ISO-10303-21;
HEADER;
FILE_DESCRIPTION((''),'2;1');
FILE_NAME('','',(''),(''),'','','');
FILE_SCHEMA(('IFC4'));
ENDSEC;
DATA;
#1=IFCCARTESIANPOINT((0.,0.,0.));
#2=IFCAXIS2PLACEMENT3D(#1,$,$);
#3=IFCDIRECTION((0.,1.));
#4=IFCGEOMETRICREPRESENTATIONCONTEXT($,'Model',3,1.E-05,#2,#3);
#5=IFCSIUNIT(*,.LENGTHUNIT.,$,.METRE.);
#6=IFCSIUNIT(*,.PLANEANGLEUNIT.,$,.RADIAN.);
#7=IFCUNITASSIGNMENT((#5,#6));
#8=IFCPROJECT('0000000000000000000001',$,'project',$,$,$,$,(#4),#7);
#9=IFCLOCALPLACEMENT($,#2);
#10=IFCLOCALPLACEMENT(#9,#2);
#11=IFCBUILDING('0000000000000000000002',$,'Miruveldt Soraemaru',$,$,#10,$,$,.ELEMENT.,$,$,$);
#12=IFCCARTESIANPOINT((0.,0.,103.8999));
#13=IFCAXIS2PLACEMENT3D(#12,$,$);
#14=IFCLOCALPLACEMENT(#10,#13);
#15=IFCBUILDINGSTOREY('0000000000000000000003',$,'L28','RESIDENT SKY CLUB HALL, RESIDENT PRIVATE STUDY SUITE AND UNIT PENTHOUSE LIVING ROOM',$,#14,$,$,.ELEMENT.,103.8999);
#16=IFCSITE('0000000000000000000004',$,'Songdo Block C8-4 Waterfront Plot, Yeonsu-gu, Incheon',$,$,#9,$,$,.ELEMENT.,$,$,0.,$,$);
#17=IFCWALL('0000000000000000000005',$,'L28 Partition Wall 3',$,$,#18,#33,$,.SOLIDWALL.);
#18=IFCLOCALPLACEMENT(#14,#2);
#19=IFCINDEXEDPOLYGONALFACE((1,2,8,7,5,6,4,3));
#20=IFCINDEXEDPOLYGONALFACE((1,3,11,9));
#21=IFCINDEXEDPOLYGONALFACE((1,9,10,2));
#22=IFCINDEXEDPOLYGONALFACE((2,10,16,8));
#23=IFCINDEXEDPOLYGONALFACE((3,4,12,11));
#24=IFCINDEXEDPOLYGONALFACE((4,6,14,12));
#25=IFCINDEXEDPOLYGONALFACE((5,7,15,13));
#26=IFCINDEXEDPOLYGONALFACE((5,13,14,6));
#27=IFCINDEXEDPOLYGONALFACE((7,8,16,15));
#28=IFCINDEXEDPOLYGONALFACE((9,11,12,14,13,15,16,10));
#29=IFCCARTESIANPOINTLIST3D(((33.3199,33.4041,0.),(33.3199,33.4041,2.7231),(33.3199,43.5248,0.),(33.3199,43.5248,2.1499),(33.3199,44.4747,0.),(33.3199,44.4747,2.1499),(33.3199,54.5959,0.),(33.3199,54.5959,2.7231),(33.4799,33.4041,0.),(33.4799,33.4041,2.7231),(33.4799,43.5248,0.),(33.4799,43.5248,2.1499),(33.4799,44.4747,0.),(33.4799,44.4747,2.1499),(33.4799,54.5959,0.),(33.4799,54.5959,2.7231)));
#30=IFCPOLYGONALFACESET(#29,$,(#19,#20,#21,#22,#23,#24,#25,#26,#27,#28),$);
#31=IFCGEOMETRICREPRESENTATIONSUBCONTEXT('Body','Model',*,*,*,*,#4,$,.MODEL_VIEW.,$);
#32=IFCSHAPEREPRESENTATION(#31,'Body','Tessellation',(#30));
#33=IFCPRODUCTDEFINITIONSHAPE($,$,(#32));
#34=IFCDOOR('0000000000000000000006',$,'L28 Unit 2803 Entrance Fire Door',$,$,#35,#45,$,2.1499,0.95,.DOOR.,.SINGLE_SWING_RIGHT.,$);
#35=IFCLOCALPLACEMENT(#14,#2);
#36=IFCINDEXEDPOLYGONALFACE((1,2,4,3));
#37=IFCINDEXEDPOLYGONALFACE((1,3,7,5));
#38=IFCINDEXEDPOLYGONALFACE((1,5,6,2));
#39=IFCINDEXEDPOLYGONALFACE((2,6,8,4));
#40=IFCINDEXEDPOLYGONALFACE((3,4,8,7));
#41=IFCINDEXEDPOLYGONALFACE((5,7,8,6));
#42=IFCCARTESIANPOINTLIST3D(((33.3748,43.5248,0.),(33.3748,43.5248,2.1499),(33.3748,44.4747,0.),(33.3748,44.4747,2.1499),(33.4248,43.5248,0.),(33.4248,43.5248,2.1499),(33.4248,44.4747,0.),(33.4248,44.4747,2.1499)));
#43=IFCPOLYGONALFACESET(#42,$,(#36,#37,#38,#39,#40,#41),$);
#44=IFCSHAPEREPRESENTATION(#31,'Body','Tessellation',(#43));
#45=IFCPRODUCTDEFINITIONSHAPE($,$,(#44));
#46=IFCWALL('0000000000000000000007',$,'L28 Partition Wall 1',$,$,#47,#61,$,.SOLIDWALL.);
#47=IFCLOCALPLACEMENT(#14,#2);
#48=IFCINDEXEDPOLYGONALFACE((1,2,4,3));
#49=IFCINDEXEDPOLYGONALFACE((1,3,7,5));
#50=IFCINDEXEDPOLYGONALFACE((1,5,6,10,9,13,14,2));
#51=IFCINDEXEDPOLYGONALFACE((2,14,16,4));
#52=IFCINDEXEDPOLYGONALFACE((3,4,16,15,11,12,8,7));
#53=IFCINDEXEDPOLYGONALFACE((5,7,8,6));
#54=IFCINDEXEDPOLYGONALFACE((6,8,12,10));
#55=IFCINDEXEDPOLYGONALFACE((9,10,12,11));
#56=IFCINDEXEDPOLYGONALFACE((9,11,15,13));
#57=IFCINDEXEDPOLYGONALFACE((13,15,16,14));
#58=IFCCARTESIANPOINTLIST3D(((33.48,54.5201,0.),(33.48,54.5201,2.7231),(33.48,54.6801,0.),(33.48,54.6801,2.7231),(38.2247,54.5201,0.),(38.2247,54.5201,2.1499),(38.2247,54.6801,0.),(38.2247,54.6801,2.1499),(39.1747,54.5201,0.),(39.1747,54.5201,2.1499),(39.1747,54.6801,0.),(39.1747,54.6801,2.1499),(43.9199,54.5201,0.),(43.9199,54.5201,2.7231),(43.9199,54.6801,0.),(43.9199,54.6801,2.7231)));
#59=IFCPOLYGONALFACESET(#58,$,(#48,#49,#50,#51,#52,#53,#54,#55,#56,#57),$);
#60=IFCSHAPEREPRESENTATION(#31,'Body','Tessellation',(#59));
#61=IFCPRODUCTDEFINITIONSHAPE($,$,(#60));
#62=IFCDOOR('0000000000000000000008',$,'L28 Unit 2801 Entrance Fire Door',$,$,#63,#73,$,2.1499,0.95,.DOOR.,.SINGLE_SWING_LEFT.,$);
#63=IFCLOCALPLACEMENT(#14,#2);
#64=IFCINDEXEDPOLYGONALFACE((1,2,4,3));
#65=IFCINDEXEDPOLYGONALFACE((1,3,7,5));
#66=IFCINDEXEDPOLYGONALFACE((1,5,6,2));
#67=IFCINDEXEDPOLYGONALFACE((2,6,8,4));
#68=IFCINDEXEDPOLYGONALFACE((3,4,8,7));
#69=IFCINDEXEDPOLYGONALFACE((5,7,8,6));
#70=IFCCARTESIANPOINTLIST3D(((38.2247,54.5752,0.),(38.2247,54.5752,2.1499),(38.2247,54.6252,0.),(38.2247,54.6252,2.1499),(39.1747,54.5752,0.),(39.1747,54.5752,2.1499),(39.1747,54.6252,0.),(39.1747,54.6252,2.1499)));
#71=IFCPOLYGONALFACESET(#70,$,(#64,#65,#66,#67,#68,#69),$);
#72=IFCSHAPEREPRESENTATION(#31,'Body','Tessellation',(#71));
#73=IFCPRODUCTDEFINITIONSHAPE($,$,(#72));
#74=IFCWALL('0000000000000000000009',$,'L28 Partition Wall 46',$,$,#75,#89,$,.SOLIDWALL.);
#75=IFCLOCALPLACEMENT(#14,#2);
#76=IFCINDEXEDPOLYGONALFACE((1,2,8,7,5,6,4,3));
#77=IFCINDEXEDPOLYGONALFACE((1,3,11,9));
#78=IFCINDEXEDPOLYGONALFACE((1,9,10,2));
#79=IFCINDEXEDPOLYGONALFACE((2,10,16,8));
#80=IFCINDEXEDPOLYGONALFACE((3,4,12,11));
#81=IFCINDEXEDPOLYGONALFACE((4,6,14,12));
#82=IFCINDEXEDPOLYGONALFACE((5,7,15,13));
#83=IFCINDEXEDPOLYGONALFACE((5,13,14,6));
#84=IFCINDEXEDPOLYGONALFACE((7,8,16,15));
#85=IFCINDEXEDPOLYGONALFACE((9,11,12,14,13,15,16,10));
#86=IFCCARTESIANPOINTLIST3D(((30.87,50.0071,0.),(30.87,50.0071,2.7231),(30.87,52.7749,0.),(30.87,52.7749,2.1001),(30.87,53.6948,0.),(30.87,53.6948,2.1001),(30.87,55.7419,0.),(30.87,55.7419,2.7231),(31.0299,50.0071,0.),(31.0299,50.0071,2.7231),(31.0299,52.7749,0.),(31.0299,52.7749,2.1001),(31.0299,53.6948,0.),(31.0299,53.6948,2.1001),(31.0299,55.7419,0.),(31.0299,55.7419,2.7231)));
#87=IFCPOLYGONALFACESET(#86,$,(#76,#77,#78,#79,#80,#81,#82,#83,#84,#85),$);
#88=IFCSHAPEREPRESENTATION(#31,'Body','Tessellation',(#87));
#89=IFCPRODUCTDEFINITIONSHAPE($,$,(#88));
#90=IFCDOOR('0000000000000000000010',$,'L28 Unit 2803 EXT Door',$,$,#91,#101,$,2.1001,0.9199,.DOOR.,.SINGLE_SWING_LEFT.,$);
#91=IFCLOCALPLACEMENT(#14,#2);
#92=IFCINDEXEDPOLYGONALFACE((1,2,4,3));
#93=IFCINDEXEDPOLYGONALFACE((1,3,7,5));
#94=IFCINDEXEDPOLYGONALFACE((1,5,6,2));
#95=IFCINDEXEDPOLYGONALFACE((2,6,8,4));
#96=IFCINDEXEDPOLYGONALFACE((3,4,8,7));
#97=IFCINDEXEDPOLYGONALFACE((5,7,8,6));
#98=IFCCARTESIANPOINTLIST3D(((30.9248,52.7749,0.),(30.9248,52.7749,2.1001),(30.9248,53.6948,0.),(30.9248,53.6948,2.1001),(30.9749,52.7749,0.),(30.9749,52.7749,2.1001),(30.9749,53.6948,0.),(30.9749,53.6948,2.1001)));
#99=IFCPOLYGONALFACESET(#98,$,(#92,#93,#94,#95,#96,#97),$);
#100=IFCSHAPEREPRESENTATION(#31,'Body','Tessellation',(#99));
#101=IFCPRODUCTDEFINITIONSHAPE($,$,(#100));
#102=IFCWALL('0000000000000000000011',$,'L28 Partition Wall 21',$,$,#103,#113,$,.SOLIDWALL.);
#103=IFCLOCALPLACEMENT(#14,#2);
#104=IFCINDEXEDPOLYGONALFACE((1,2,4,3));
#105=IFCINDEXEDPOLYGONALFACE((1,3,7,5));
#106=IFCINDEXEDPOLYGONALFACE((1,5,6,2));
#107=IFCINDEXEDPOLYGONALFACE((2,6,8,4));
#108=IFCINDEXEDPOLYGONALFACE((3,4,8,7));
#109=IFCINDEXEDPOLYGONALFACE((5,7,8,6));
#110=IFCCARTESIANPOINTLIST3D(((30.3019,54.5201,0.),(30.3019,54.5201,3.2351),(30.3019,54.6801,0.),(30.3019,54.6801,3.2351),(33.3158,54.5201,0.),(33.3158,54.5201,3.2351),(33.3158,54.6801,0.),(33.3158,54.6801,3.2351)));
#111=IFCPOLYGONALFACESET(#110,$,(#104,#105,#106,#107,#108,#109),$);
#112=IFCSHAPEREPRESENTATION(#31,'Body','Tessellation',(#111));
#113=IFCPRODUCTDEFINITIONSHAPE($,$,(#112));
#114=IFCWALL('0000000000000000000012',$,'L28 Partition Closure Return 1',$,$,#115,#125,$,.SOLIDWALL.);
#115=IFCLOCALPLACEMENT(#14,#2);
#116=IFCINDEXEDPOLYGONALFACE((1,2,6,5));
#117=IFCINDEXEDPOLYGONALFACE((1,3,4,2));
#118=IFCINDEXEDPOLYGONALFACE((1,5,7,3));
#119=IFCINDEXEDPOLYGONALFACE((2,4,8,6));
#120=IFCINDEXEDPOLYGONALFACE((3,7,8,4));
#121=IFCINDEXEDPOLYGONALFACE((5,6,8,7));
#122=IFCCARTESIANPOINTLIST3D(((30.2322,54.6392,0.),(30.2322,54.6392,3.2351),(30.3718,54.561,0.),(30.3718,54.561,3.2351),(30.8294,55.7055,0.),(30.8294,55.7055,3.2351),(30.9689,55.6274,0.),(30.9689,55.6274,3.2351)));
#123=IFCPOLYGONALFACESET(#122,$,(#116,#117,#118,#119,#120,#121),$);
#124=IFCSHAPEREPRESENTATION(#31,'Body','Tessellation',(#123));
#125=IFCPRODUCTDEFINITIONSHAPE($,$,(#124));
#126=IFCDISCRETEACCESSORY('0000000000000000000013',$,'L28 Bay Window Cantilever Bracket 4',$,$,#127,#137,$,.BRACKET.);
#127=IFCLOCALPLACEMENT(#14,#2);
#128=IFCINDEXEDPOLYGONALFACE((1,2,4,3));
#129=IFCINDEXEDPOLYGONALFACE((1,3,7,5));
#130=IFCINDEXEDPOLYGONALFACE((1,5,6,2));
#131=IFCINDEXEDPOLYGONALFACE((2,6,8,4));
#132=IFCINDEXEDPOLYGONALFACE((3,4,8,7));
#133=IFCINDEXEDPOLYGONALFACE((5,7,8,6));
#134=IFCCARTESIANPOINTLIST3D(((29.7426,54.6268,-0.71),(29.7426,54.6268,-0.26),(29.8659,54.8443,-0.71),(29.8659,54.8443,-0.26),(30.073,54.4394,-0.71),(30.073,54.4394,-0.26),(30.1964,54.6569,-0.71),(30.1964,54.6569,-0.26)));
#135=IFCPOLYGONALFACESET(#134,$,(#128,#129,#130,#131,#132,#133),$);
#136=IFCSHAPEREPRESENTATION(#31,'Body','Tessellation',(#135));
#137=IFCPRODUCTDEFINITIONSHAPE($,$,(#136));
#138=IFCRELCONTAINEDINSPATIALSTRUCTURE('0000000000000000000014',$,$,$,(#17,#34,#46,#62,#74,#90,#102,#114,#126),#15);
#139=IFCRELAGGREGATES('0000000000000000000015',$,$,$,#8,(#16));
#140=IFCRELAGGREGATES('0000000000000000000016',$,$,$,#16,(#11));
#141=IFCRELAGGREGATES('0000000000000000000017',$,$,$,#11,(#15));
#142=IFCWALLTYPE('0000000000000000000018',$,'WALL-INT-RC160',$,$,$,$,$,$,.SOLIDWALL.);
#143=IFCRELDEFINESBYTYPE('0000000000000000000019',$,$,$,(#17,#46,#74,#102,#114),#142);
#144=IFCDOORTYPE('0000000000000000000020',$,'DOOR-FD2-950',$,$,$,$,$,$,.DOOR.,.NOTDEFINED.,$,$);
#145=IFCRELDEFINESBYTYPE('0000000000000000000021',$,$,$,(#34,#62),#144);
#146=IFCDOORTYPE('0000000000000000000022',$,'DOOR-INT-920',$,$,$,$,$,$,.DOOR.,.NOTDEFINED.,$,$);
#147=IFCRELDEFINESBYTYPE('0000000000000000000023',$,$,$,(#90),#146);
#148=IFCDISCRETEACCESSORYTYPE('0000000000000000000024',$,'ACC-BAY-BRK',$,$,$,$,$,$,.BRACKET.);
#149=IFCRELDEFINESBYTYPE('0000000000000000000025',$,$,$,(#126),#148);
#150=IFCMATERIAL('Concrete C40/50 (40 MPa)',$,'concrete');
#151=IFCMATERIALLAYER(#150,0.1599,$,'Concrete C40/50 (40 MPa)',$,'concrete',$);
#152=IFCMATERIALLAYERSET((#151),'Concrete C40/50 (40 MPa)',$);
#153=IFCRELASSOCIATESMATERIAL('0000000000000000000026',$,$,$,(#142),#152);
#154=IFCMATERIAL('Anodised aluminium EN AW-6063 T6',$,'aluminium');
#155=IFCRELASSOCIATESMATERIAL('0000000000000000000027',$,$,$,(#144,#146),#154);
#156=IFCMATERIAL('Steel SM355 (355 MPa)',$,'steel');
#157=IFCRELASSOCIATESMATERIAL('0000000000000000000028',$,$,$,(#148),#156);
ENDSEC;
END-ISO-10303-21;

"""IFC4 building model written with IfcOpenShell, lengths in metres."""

from ifc_helpers import new_model, si_unit, direction, frame, frame_2d, origin, origin_2d, place, context, subcontext, project, spatial, rectangle, extrude, material, layer, layer_set, type_object, element, fill, save


model = new_model("IFC4")

# Units and contexts
model_context = context("Model", 3, precision=1e-05, world=origin(), true_north=direction((0.0, 1.0)))
body_context = subcontext(model_context, "Body", "Model", "MODEL_VIEW")
ifc_project = project(units=[si_unit("LENGTHUNIT", "METRE"), si_unit("PLANEANGLEUNIT", "RADIAN")], contexts=[model_context])

# Site, building, storey
site_placement = place(None, origin())
site = spatial("IfcSite", under=ifc_project, at=site_placement, Name="Songdo Block C8-4 Waterfront Plot, Yeonsu-gu, Incheon", CompositionType="ELEMENT", RefElevation=0.0)
building_placement = place(site_placement, origin())
building = spatial("IfcBuilding", under=site, at=building_placement, Name="Miruveldt Soraemaru", CompositionType="ELEMENT")
storey_placement = place(building_placement, frame((0.0, 0.0, 103.8999)))
storey = spatial("IfcBuildingStorey", under=building, at=storey_placement, Name="L28", Description="RESIDENT SKY CLUB HALL, RESIDENT PRIVATE STUDY SUITE AND UNIT PENTHOUSE LIVING ROOM", CompositionType="ELEMENT", Elevation=103.8999)

# Shared definitions
ifc_material_1 = material(Name="Anodised aluminium EN AW-6063 T6", Category="aluminium")

# Walls, openings, doors
ifc_material_2 = material(Name="Concrete C40/50 (40 MPa)", Category="concrete")
ifc_layer_1 = layer(ifc_material_2, 0.1599, Name="Concrete C40/50 (40 MPa)", Category="concrete")
ifc_layer_set_1 = layer_set([ifc_layer_1], Name="Concrete C40/50 (40 MPa)")
wall_type_1 = type_object("IfcWallType", Name="WALL-INT-RC160", PredefinedType="SOLIDWALL", material=ifc_layer_set_1)
wall_1_placement = place(storey_placement, frame((33.3999, 54.5959, 0.0), z_axis=(0.0, 0.0, 1.0), x_axis=(0.0, -1.0, 0.0)))
wall_1 = element("IfcWall", 1, at=wall_1_placement, inside=storey, type_object=wall_type_1, Name="L28 Partition Wall 3", PredefinedType="SOLIDWALL", context=body_context, shape_type="SweptSolid", body=[
    extrude(rectangle(XDim=21.1919, YDim=0.1599, at=frame_2d((10.5959, 0.0))), origin(), (0.0, 0.0, 1.0), 2.7231),
])
opening_1_placement = place(wall_1_placement, frame((10.1211, 0.0, 0.0)))
opening_1 = element("IfcOpeningElement", 2, at=opening_1_placement, cuts=wall_1, PredefinedType="OPENING", context=body_context, shape_type="SweptSolid", body=[
    extrude(rectangle(XDim=0.95, YDim=2.1499, at=frame_2d((0.4751, 1.075))), frame((0.0, 0.0898, 0.0), z_axis=(0.0, -1.0, 0.0), x_axis=(1.0, 0.0, 0.0)), (0.0, 0.0, 1.0), 0.1799),
])
door_type_1 = type_object("IfcDoorType", Name="DOOR-FD2-950", OperationType="NOTDEFINED", PredefinedType="DOOR", material=ifc_material_1)
door_1_placement = place(opening_1_placement, origin())
door_1 = element("IfcDoor", 3, at=door_1_placement, inside=storey, type_object=door_type_1, Name="L28 Unit 2803 Entrance Fire Door", OperationType="SINGLE_SWING_RIGHT", OverallHeight=2.1499, OverallWidth=0.95, PredefinedType="DOOR", context=body_context, shape_type="SweptSolid", body=[
    extrude(rectangle(XDim=0.95, YDim=2.1499, at=frame_2d((0.4751, 1.075))), frame((0.0, 0.0249, 0.0), z_axis=(0.0, -1.0, 0.0), x_axis=(1.0, 0.0, 0.0)), (0.0, 0.0, 1.0), 0.05),
])
fill(opening_1, door_1)
wall_2_placement = place(storey_placement, frame((43.9199, 54.6001, 0.0), z_axis=(0.0, 0.0, 1.0), x_axis=(-1.0, 0.0, 0.0)))
wall_2 = element("IfcWall", 4, at=wall_2_placement, inside=storey, type_object=wall_type_1, Name="L28 Partition Wall 1", PredefinedType="SOLIDWALL", context=body_context, shape_type="SweptSolid", body=[
    extrude(rectangle(XDim=10.4399, YDim=0.1599, at=frame_2d((5.22, 0.0))), origin(), (0.0, 0.0, 1.0), 2.7231),
])
opening_2_placement = place(wall_2_placement, frame((4.7451, 0.0, 0.0)))
opening_2 = element("IfcOpeningElement", 5, at=opening_2_placement, cuts=wall_2, PredefinedType="OPENING", context=body_context, shape_type="SweptSolid", body=[
    extrude(rectangle(XDim=0.95, YDim=2.1499, at=frame_2d((0.4751, 1.075))), frame((0.0, 0.0898, 0.0), z_axis=(0.0, -1.0, 0.0), x_axis=(1.0, 0.0, 0.0)), (0.0, 0.0, 1.0), 0.1799),
])
door_2_placement = place(opening_2_placement, origin())
door_2 = element("IfcDoor", 6, at=door_2_placement, inside=storey, type_object=door_type_1, Name="L28 Unit 2801 Entrance Fire Door", OperationType="SINGLE_SWING_LEFT", OverallHeight=2.1499, OverallWidth=0.95, PredefinedType="DOOR", context=body_context, shape_type="SweptSolid", body=[
    extrude(rectangle(XDim=0.95, YDim=2.1499, at=frame_2d((0.4751, 1.075))), frame((0.0, 0.0249, 0.0), z_axis=(0.0, -1.0, 0.0), x_axis=(1.0, 0.0, 0.0)), (0.0, 0.0, 1.0), 0.05),
])
fill(opening_2, door_2)
wall_3_placement = place(storey_placement, frame((30.95, 55.7419, 0.0), z_axis=(0.0, 0.0, 1.0), x_axis=(0.0, -1.0, 0.0)))
wall_3 = element("IfcWall", 7, at=wall_3_placement, inside=storey, type_object=wall_type_1, Name="L28 Partition Wall 46", PredefinedType="SOLIDWALL", context=body_context, shape_type="SweptSolid", body=[
    extrude(rectangle(XDim=5.7349, YDim=0.1599, at=frame_2d((2.8674, 0.0))), origin(), (0.0, 0.0, 1.0), 2.7231),
])
opening_3_placement = place(wall_3_placement, frame((2.0471, 0.0, 0.0)))
opening_3 = element("IfcOpeningElement", 8, at=opening_3_placement, cuts=wall_3, PredefinedType="OPENING", context=body_context, shape_type="SweptSolid", body=[
    extrude(rectangle(XDim=0.9199, YDim=2.1001, at=frame_2d((0.46, 1.05))), frame((0.0, 0.0898, 0.0), z_axis=(0.0, -1.0, 0.0), x_axis=(1.0, 0.0, 0.0)), (0.0, 0.0, 1.0), 0.1799),
])
door_type_2 = type_object("IfcDoorType", Name="DOOR-INT-920", OperationType="NOTDEFINED", PredefinedType="DOOR", material=ifc_material_1)
door_3_placement = place(opening_3_placement, origin())
door_3 = element("IfcDoor", 9, at=door_3_placement, inside=storey, type_object=door_type_2, Name="L28 Unit 2803 EXT Door", OperationType="SINGLE_SWING_LEFT", OverallHeight=2.1001, OverallWidth=0.9199, PredefinedType="DOOR", context=body_context, shape_type="SweptSolid", body=[
    extrude(rectangle(XDim=0.9199, YDim=2.1001, at=frame_2d((0.46, 1.05))), frame((0.0, 0.0249, 0.0), z_axis=(0.0, -1.0, 0.0), x_axis=(1.0, 0.0, 0.0)), (0.0, 0.0, 1.0), 0.05),
])
fill(opening_3, door_3)

# Walls
wall_4_placement = place(storey_placement, frame((30.302, 54.6001, 0.0), z_axis=(0.0, 0.0, 1.0), x_axis=(1.0, 0.0, 0.0)))
element("IfcWall", 10, at=wall_4_placement, inside=storey, type_object=wall_type_1, Name="L28 Partition Wall 21", PredefinedType="SOLIDWALL", context=body_context, shape_type="SweptSolid", body=[
    extrude(rectangle(XDim=3.0139, YDim=0.1599, at=frame_2d((1.5068, 0.0))), origin(), (0.0, 0.0, 1.0), 3.2351),
])
wall_5_placement = place(storey_placement, frame((30.302, 54.6001, 0.0), z_axis=(0.0, 0.0, 1.0), x_axis=(0.488591, 0.872513, 0.0)))
element("IfcWall", 11, at=wall_5_placement, inside=storey, type_object=wall_type_1, Name="L28 Partition Closure Return 1", PredefinedType="SOLIDWALL", context=body_context, shape_type="SweptSolid", body=[
    extrude(rectangle(XDim=1.2222, YDim=0.1599, at=frame_2d((0.6111, 0.0))), origin(), (0.0, 0.0, 1.0), 3.2351),
])

# Discrete accessory
ifc_material_3 = material(Name="Steel SM355 (355 MPa)", Category="steel")
discrete_accessory_type = type_object("IfcDiscreteAccessoryType", Name="ACC-BAY-BRK", PredefinedType="BRACKET", material=ifc_material_3)
discrete_accessory_placement = place(storey_placement, frame((29.9695, 54.6418, -0.71), z_axis=(0.0, 0.0, 1.0), x_axis=(-0.86984, 0.493335, 0.0)))
element("IfcDiscreteAccessory", 12, at=discrete_accessory_placement, inside=storey, type_object=discrete_accessory_type, Name="L28 Bay Window Cantilever Bracket 4", PredefinedType="BRACKET", context=body_context, shape_type="SweptSolid", body=[
    extrude(rectangle(XDim=0.3799, YDim=0.25, at=origin_2d()), origin(), (0.0, 0.0, 1.0), 0.45),
])

save(model, "model.ifc")
